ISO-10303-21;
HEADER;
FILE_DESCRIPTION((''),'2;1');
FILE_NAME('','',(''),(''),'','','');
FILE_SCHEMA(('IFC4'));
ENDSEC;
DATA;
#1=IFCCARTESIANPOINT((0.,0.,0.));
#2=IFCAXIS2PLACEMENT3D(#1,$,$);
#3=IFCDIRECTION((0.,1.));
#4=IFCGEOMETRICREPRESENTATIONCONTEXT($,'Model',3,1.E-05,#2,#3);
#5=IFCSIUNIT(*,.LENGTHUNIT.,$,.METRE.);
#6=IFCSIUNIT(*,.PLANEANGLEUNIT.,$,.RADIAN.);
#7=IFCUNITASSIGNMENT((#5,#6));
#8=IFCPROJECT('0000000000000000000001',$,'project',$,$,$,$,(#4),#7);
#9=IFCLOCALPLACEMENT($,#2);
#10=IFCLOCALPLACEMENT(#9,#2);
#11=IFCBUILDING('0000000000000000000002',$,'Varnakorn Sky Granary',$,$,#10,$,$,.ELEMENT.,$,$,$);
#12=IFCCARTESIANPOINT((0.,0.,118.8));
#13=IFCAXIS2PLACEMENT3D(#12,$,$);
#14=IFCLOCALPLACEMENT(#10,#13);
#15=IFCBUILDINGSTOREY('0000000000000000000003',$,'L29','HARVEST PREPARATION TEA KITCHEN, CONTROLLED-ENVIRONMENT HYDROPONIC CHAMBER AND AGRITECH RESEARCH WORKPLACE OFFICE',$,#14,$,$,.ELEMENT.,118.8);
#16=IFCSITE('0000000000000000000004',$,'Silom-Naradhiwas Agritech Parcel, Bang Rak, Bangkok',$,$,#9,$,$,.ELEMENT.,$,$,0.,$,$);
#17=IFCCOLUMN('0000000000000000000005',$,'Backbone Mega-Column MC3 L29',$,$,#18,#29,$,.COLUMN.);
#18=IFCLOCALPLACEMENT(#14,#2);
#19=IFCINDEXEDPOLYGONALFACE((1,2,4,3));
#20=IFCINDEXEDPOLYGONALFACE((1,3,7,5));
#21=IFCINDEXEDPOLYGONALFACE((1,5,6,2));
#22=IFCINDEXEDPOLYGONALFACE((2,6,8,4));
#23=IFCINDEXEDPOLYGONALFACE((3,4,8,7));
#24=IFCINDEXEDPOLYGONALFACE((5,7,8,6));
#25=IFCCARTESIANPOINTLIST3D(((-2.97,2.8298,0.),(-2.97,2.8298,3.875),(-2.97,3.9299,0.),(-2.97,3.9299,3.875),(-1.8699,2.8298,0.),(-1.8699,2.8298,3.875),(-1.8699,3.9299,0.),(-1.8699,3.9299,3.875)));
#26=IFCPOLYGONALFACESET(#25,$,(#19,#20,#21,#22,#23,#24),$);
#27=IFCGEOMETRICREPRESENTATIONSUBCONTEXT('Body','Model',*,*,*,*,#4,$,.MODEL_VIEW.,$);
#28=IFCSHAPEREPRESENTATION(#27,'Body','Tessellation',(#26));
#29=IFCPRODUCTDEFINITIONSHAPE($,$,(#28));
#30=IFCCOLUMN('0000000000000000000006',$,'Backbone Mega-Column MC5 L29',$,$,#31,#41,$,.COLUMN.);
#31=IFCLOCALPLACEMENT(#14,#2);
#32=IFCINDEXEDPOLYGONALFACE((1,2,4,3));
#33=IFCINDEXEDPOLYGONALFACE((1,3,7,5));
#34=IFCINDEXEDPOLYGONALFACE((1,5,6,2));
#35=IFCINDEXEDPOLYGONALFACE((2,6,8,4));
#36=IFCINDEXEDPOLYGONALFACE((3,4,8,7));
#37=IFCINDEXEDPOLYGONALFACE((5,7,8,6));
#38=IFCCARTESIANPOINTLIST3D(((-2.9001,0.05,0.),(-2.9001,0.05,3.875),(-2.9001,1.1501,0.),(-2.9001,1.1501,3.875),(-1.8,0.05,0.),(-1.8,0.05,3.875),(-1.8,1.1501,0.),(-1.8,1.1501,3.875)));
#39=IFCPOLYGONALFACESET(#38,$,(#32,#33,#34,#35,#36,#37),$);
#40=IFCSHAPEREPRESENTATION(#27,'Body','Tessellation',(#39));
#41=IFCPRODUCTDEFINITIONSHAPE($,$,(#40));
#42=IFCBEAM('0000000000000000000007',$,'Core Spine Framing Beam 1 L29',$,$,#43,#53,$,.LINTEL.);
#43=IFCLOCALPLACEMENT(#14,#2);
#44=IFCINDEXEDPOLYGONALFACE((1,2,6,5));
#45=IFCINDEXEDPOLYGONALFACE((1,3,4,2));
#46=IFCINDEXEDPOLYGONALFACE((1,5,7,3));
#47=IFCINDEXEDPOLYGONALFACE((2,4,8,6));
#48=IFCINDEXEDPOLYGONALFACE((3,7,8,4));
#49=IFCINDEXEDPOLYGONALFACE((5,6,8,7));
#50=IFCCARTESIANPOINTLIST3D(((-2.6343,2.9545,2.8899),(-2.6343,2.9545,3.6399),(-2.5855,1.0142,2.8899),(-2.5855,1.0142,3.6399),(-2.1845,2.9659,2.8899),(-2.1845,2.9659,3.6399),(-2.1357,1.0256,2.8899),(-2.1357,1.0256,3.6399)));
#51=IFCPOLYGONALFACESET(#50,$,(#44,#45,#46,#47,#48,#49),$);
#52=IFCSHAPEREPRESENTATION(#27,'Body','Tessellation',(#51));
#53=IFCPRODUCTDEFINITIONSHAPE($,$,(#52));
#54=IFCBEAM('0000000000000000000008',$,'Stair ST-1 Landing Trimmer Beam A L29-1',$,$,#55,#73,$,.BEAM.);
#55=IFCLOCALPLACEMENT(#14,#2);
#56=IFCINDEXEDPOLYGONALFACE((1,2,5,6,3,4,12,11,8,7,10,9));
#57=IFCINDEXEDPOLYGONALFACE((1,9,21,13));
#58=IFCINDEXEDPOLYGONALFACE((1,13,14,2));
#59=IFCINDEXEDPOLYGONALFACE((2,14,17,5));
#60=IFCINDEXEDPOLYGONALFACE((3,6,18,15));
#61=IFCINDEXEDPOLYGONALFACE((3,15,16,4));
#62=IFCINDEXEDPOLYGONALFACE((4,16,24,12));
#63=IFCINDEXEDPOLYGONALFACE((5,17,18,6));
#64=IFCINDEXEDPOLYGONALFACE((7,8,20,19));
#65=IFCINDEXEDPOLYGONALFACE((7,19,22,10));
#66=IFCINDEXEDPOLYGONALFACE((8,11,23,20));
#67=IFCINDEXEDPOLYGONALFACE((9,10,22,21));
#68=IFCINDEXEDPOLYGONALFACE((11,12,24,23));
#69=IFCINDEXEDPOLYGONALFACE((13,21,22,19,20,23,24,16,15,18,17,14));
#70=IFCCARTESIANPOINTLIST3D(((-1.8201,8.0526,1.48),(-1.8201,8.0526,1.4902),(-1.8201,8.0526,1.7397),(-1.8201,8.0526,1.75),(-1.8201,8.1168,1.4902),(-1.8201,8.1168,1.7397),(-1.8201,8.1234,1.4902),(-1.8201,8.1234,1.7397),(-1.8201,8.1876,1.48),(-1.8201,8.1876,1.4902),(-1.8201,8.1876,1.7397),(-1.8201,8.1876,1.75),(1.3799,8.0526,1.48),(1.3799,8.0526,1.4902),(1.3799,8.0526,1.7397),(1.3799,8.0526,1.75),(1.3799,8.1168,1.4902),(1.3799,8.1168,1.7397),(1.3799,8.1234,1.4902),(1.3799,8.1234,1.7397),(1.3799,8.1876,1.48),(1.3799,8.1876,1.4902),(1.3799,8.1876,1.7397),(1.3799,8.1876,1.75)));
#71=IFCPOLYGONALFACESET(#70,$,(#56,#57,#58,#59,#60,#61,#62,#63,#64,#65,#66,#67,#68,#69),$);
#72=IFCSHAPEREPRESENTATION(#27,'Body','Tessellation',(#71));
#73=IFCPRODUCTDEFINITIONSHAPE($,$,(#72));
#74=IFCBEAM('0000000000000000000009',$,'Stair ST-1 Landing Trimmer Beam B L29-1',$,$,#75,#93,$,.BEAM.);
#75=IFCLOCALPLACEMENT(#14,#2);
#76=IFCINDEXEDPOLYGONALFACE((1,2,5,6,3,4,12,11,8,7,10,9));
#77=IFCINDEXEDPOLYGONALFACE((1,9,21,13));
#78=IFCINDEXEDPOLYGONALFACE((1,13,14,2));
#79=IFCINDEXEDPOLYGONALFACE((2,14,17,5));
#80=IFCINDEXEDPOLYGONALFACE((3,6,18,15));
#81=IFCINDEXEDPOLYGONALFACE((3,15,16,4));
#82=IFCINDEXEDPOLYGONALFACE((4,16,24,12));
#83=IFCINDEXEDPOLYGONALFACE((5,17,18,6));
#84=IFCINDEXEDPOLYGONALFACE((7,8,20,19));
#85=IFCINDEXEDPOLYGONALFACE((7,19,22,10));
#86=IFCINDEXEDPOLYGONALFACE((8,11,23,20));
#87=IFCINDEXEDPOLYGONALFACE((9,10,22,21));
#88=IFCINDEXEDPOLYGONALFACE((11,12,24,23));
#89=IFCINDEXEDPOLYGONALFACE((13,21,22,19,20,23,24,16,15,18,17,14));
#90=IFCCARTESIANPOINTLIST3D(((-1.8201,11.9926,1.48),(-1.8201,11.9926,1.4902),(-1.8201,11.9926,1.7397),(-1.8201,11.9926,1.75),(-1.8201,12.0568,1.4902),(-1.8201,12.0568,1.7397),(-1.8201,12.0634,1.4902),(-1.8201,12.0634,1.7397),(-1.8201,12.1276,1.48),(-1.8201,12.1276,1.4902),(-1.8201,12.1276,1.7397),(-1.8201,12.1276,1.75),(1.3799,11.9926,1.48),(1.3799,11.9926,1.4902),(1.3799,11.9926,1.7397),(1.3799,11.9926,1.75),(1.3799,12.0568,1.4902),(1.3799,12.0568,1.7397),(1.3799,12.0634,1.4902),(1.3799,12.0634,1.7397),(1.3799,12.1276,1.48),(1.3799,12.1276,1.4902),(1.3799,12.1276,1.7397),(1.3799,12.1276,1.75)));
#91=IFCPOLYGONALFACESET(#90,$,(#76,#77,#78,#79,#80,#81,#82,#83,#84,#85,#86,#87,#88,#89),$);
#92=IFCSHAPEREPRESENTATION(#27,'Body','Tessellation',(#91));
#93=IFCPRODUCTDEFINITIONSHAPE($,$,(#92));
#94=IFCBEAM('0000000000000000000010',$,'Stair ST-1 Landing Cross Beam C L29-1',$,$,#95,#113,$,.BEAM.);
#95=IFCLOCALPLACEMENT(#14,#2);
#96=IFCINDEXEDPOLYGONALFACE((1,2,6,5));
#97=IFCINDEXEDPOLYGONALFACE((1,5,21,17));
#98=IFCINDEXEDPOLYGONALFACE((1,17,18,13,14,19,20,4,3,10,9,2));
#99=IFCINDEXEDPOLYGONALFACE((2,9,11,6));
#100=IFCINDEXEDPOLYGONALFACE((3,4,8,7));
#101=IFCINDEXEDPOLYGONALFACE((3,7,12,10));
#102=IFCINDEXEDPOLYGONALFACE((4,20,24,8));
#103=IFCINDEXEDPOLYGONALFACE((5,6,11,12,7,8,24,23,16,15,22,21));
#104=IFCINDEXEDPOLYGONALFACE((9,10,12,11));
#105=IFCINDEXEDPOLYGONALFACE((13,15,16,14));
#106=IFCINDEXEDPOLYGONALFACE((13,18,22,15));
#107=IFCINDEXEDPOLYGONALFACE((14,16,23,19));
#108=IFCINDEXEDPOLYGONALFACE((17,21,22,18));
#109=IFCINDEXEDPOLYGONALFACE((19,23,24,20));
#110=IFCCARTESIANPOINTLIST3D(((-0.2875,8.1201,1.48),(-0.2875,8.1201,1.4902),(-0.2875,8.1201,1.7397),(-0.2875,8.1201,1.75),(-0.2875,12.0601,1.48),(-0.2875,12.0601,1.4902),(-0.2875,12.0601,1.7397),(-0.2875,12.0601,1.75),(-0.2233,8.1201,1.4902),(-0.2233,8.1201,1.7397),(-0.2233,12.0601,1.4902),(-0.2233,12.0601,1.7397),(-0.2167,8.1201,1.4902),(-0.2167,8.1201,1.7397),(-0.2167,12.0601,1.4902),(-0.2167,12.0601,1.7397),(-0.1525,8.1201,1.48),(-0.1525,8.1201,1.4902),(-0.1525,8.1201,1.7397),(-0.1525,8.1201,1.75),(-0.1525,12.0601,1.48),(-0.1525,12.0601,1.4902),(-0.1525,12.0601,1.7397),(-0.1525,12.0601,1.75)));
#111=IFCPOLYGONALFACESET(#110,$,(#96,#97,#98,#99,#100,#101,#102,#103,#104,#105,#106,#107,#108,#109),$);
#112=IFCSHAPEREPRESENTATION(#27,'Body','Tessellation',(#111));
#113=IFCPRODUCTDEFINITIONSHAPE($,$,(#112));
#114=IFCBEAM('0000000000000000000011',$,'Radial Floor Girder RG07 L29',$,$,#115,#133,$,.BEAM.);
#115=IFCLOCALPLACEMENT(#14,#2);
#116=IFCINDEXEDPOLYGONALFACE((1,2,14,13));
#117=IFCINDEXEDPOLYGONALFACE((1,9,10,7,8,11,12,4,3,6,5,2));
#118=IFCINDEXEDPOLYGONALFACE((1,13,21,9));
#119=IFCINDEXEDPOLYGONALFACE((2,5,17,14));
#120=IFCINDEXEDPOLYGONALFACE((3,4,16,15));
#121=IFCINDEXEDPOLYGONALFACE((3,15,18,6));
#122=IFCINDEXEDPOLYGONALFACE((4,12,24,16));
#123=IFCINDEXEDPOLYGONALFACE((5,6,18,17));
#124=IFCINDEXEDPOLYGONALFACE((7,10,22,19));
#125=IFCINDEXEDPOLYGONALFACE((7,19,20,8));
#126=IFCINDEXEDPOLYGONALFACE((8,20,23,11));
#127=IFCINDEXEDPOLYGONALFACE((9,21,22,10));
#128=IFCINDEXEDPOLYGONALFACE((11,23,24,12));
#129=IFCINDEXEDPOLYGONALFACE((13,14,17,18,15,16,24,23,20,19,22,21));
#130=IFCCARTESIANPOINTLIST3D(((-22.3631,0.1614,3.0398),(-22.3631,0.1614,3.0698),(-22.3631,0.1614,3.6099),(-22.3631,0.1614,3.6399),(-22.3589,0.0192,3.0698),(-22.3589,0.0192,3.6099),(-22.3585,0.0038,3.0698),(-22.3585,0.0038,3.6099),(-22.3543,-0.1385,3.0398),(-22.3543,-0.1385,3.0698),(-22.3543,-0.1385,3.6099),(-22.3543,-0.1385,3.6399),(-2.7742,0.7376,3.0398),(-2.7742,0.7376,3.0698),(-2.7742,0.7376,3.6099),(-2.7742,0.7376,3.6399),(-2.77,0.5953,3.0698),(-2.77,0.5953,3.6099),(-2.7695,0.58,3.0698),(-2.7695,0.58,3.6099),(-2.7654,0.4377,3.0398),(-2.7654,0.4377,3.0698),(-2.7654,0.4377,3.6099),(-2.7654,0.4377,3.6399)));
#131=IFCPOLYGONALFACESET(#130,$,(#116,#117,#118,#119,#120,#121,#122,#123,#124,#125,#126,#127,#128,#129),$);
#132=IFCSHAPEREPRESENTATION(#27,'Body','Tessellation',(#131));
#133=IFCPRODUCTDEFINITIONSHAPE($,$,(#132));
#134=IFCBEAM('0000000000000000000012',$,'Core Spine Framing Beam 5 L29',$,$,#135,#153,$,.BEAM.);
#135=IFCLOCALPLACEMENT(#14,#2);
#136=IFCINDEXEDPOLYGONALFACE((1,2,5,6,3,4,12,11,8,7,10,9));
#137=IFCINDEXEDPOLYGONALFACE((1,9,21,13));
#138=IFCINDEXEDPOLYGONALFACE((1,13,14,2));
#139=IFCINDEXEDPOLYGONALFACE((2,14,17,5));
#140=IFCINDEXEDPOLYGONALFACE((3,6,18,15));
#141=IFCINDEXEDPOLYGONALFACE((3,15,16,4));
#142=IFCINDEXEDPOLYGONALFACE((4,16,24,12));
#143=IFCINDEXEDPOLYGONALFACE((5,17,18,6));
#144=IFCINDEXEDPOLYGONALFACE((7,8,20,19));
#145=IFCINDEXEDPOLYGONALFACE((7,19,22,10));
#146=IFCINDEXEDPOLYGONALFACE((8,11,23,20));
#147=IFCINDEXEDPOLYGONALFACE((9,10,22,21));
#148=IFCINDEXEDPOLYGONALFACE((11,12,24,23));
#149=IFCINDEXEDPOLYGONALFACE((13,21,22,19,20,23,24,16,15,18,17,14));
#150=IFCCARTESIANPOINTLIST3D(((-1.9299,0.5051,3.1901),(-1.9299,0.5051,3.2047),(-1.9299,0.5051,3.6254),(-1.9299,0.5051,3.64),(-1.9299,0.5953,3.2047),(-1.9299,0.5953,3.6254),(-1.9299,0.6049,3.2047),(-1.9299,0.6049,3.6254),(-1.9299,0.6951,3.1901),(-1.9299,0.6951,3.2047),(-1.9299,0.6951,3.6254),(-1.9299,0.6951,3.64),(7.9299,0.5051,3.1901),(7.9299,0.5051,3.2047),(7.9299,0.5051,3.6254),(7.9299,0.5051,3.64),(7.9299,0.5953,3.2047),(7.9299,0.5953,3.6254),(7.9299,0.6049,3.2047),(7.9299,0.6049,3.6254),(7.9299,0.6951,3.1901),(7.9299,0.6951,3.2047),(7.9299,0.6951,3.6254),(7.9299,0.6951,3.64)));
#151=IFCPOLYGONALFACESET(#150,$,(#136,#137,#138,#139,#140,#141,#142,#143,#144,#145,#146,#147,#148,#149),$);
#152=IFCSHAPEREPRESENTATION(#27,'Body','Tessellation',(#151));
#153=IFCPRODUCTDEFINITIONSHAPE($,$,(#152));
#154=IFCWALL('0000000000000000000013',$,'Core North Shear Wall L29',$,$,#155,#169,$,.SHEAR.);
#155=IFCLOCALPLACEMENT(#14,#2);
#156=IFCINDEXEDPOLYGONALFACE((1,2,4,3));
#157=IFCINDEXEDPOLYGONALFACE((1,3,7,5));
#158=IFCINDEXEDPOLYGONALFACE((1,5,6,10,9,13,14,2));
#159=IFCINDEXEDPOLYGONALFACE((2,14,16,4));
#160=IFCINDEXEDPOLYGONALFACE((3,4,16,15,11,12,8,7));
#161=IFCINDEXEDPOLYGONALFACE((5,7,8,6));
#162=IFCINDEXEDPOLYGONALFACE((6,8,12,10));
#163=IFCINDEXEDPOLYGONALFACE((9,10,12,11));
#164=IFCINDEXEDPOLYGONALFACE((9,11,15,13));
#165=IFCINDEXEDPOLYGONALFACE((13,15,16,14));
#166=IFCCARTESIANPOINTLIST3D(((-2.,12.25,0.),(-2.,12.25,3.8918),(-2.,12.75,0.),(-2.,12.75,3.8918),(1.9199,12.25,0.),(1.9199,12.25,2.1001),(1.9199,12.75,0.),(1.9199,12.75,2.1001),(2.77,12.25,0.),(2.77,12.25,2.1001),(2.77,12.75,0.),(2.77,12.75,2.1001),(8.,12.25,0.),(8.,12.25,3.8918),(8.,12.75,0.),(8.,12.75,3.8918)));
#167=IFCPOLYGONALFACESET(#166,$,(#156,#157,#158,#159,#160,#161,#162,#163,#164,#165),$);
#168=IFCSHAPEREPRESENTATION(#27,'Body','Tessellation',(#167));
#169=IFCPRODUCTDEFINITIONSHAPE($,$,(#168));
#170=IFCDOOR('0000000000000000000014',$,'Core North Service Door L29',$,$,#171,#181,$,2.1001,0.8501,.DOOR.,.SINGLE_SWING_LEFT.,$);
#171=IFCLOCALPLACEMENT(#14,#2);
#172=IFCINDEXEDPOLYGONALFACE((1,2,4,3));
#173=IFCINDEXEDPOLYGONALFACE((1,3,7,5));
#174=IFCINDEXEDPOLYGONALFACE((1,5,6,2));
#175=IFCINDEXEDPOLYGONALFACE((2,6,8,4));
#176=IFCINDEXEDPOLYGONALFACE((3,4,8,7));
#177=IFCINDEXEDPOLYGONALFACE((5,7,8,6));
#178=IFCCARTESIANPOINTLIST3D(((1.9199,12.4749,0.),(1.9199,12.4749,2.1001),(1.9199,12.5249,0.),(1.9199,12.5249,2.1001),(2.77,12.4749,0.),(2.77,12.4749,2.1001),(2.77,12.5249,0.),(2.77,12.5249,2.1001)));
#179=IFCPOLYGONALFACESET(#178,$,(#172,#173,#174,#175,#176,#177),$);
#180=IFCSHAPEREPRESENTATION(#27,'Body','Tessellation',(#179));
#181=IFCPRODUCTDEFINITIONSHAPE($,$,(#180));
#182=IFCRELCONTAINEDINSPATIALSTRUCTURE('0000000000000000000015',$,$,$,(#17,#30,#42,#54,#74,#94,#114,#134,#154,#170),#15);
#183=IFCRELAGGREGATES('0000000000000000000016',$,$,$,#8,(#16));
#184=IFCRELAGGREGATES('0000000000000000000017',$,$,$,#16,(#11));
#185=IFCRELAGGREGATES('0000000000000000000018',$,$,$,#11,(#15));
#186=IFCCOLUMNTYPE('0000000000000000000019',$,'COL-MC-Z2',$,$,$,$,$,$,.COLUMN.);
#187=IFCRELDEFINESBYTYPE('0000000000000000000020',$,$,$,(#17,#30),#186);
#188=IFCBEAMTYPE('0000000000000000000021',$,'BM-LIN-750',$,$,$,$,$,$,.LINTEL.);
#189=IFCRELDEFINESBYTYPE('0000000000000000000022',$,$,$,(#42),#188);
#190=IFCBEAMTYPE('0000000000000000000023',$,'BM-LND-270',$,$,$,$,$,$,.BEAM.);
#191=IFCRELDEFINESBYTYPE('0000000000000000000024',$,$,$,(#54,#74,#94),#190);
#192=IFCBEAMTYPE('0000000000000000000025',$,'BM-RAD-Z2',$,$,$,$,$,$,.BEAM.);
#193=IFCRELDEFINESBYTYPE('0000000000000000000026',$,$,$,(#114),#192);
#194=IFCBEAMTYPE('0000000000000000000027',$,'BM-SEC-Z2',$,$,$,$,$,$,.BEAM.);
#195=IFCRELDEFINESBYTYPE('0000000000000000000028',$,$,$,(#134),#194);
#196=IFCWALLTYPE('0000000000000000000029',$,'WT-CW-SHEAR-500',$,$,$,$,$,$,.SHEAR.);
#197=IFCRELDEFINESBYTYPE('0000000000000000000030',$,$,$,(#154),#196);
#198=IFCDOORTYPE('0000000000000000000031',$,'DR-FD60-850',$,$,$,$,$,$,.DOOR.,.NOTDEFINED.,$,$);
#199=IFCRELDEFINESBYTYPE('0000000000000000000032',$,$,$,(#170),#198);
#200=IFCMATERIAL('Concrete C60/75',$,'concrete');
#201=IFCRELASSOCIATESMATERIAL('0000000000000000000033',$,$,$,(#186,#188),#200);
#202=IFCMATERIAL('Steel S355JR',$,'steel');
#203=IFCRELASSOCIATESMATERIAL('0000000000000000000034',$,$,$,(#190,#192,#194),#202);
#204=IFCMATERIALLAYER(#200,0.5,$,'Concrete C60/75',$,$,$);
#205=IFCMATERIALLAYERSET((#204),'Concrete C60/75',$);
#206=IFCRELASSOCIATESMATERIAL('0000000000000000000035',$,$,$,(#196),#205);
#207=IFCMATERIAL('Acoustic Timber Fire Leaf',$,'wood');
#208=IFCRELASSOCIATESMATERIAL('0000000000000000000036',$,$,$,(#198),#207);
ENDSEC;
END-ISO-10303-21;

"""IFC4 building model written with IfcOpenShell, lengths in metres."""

from ifc_helpers import new_model, si_unit, direction, frame, frame_2d, origin, origin_2d, place, context, subcontext, project, spatial, rectangle, i_section, extrude, material, layer, layer_set, material_profile, profile_set, type_object, element, fill, save


model = new_model("IFC4")

# Units and contexts
model_context = context("Model", 3, precision=1e-05, world=origin(), true_north=direction((0.0, 1.0)))
body_context = subcontext(model_context, "Body", "Model", "MODEL_VIEW")
ifc_project = project(units=[si_unit("LENGTHUNIT", "METRE"), si_unit("PLANEANGLEUNIT", "RADIAN")], contexts=[model_context])

# Site, building, storey
site_placement = place(None, origin())
site = spatial("IfcSite", under=ifc_project, at=site_placement, Name="Silom-Naradhiwas Agritech Parcel, Bang Rak, Bangkok", CompositionType="ELEMENT", RefElevation=0.0)
building_placement = place(site_placement, origin())
building = spatial("IfcBuilding", under=site, at=building_placement, Name="Varnakorn Sky Granary", CompositionType="ELEMENT")
storey_placement = place(building_placement, frame((0.0, 0.0, 118.8)))
storey = spatial("IfcBuildingStorey", under=building, at=storey_placement, Name="L29", Description="HARVEST PREPARATION TEA KITCHEN, CONTROLLED-ENVIRONMENT HYDROPONIC CHAMBER AND AGRITECH RESEARCH WORKPLACE OFFICE", CompositionType="ELEMENT", Elevation=118.8)

# Columns
ifc_material_1 = material(Name="Concrete C60/75", Category="concrete")
ifc_material_profile_1 = material_profile(ifc_material_1, rectangle(XDim=1.1001, YDim=1.1001, at=origin_2d()), Name="RC 1100x1100")
ifc_profile_set_1 = profile_set([ifc_material_profile_1], Name="Concrete C60/75")
column_type = type_object("IfcColumnType", Name="COL-MC-Z2", PredefinedType="COLUMN", material=ifc_profile_set_1)
for number, where, z_axis, x_axis, name in (
    (1, (-2.4199, 3.3799, 0.0), (0.0, 0.0, 1.0), (1.0, 0.0, 0.0), "Backbone Mega-Column MC3 L29"),
    (2, (-2.3501, 0.6001, 0.0), (0.0, 0.0, 1.0), (1.0, 0.0, 0.0), "Backbone Mega-Column MC5 L29"),
):
    element("IfcColumn", number, at=place(storey_placement, frame(where, z_axis=z_axis, x_axis=x_axis)), inside=storey, type_object=column_type, Name=name, PredefinedType="COLUMN", context=body_context, shape_type="SweptSolid", body=[
        extrude(rectangle(XDim=1.1001, YDim=1.1001, at=origin_2d()), origin(), (0.0, 0.0, 1.0), 3.875),
    ])

# Beams
ifc_material_profile_2 = material_profile(ifc_material_1, rectangle(XDim=0.45, YDim=0.75, at=origin_2d()), Name="RC 450x750")
ifc_profile_set_2 = profile_set([ifc_material_profile_2], Name="Concrete C60/75")
beam_type_1 = type_object("IfcBeamType", Name="BM-LIN-750", PredefinedType="LINTEL", material=ifc_profile_set_2)
beam_1_placement = place(storey_placement, frame((-2.4094, 2.9602, 3.2649), z_axis=(0.025159, -0.999683, 0.0), x_axis=(0.999683, 0.025159, 0.0)))
element("IfcBeam", 3, at=beam_1_placement, inside=storey, type_object=beam_type_1, Name="Core Spine Framing Beam 1 L29", PredefinedType="LINTEL", context=body_context, shape_type="SweptSolid", body=[
    extrude(rectangle(XDim=0.45, YDim=0.75, at=origin_2d()), origin(), (0.0, 0.0, 1.0), 1.9409),
])
ifc_material_2 = material(Name="Steel S355JR", Category="steel")
ifc_material_profile_3 = material_profile(ifc_material_2, i_section(OverallWidth=0.135, OverallDepth=0.27, WebThickness=0.0066, FlangeThickness=0.0103, at=origin_2d()), Name="IPE 270")
ifc_profile_set_3 = profile_set([ifc_material_profile_3], Name="Steel S355JR")
beam_type_2 = type_object("IfcBeamType", Name="BM-LND-270", PredefinedType="BEAM", material=ifc_profile_set_3)
for number, where, z_axis, x_axis, name in (
    (4, (-1.8201, 8.1201, 1.615), (1.0, 0.0, 0.0), (0.0, 1.0, 0.0), "Stair ST-1 Landing Trimmer Beam A L29-1"),
    (5, (-1.8201, 12.0601, 1.615), (1.0, 0.0, 0.0), (0.0, 1.0, 0.0), "Stair ST-1 Landing Trimmer Beam B L29-1"),
):
    element("IfcBeam", number, at=place(storey_placement, frame(where, z_axis=z_axis, x_axis=x_axis)), inside=storey, type_object=beam_type_2, Name=name, PredefinedType="BEAM", context=body_context, shape_type="SweptSolid", body=[
        extrude(i_section(OverallWidth=0.135, OverallDepth=0.27, WebThickness=0.0066, FlangeThickness=0.0103, at=origin_2d()), origin(), (0.0, 0.0, 1.0), 3.2),
    ])
beam_2_placement = place(storey_placement, frame((-0.22, 8.1201, 1.615), z_axis=(0.0, 1.0, 0.0), x_axis=(-1.0, 0.0, 0.0)))
element("IfcBeam", 6, at=beam_2_placement, inside=storey, type_object=beam_type_2, Name="Stair ST-1 Landing Cross Beam C L29-1", PredefinedType="BEAM", context=body_context, shape_type="SweptSolid", body=[
    extrude(i_section(OverallWidth=0.135, OverallDepth=0.27, WebThickness=0.0066, FlangeThickness=0.0103, at=origin_2d()), origin(), (0.0, 0.0, 1.0), 3.9399),
])
ifc_material_profile_4 = material_profile(ifc_material_2, i_section(OverallWidth=0.3, OverallDepth=0.6001, WebThickness=0.0154, FlangeThickness=0.03, at=origin_2d()), Name="HE 600 B")
ifc_profile_set_4 = profile_set([ifc_material_profile_4], Name="Steel S355JR")
beam_type_3 = type_object("IfcBeamType", Name="BM-RAD-Z2", PredefinedType="BEAM", material=ifc_profile_set_4)
beam_3_placement = place(storey_placement, frame((-2.7698, 0.5876, 3.3398), z_axis=(-0.999568, -0.029401, 0.0), x_axis=(0.029401, -0.999568, 0.0)))
element("IfcBeam", 7, at=beam_3_placement, inside=storey, type_object=beam_type_3, Name="Radial Floor Girder RG07 L29", PredefinedType="BEAM", context=body_context, shape_type="SweptSolid", body=[
    extrude(i_section(OverallWidth=0.3, OverallDepth=0.6001, WebThickness=0.0154, FlangeThickness=0.03, at=origin_2d()), origin(), (0.0, 0.0, 1.0), 19.5974),
])
ifc_material_profile_5 = material_profile(ifc_material_2, i_section(OverallWidth=0.1899, OverallDepth=0.45, WebThickness=0.0095, FlangeThickness=0.0146, at=origin_2d()), Name="IPE 450")
ifc_profile_set_5 = profile_set([ifc_material_profile_5], Name="Steel S355JR")
beam_type_4 = type_object("IfcBeamType", Name="BM-SEC-Z2", PredefinedType="BEAM", material=ifc_profile_set_5)
beam_4_placement = place(storey_placement, frame((-1.9299, 0.6001, 3.415), z_axis=(1.0, 0.0, 0.0), x_axis=(0.0, 1.0, 0.0)))
element("IfcBeam", 8, at=beam_4_placement, inside=storey, type_object=beam_type_4, Name="Core Spine Framing Beam 5 L29", PredefinedType="BEAM", context=body_context, shape_type="SweptSolid", body=[
    extrude(i_section(OverallWidth=0.1899, OverallDepth=0.45, WebThickness=0.0095, FlangeThickness=0.0146, at=origin_2d()), origin(), (0.0, 0.0, 1.0), 9.8599),
])

# Shared definitions
ifc_layer_1 = layer(ifc_material_1, 0.5, Name="Concrete C60/75")
ifc_layer_set_1 = layer_set([ifc_layer_1], Name="Concrete C60/75")
wall_type_1 = type_object("IfcWallType", Name="WT-CW-SHEAR-500", PredefinedType="SHEAR", material=ifc_layer_set_1)

# Wall, opening, door
wall_1_placement = place(storey_placement, frame((-2.0, 12.5, 0.0), z_axis=(0.0, 0.0, 1.0), x_axis=(1.0, 0.0, 0.0)))
wall_1 = element("IfcWall", 9, at=wall_1_placement, inside=storey, type_object=wall_type_1, Name="Core North Shear Wall L29", PredefinedType="SHEAR", context=body_context, shape_type="SweptSolid", body=[
    extrude(rectangle(XDim=10.0, YDim=0.5, at=frame_2d((5.0, 0.0))), origin(), (0.0, 0.0, 1.0), 3.8918),
])
opening_1_placement = place(wall_1_placement, frame((3.9199, 0.0, 0.0)))
opening_1 = element("IfcOpeningElement", 10, at=opening_1_placement, cuts=wall_1, PredefinedType="OPENING", context=body_context, shape_type="SweptSolid", body=[
    extrude(rectangle(XDim=0.8501, YDim=2.1001, at=frame_2d((0.425, 1.05))), frame((0.0, 0.26, 0.0), z_axis=(0.0, -1.0, 0.0), x_axis=(1.0, 0.0, 0.0)), (0.0, 0.0, 1.0), 0.52),
])
ifc_material_3 = material(Name="Acoustic Timber Fire Leaf", Category="wood")
door_type_1 = type_object("IfcDoorType", Name="DR-FD60-850", OperationType="NOTDEFINED", PredefinedType="DOOR", material=ifc_material_3)
door_1_placement = place(opening_1_placement, origin())
door_1 = element("IfcDoor", 11, at=door_1_placement, inside=storey, type_object=door_type_1, Name="Core North Service Door L29", OperationType="SINGLE_SWING_LEFT", OverallHeight=2.1001, OverallWidth=0.8501, PredefinedType="DOOR", context=body_context, shape_type="SweptSolid", body=[
    extrude(rectangle(XDim=0.8501, YDim=2.1001, at=frame_2d((0.425, 1.05))), frame((0.0, 0.0249, 0.0), z_axis=(0.0, -1.0, 0.0), x_axis=(1.0, 0.0, 0.0)), (0.0, 0.0, 1.0), 0.05),
])
fill(opening_1, door_1)

save(model, "model.ifc")
